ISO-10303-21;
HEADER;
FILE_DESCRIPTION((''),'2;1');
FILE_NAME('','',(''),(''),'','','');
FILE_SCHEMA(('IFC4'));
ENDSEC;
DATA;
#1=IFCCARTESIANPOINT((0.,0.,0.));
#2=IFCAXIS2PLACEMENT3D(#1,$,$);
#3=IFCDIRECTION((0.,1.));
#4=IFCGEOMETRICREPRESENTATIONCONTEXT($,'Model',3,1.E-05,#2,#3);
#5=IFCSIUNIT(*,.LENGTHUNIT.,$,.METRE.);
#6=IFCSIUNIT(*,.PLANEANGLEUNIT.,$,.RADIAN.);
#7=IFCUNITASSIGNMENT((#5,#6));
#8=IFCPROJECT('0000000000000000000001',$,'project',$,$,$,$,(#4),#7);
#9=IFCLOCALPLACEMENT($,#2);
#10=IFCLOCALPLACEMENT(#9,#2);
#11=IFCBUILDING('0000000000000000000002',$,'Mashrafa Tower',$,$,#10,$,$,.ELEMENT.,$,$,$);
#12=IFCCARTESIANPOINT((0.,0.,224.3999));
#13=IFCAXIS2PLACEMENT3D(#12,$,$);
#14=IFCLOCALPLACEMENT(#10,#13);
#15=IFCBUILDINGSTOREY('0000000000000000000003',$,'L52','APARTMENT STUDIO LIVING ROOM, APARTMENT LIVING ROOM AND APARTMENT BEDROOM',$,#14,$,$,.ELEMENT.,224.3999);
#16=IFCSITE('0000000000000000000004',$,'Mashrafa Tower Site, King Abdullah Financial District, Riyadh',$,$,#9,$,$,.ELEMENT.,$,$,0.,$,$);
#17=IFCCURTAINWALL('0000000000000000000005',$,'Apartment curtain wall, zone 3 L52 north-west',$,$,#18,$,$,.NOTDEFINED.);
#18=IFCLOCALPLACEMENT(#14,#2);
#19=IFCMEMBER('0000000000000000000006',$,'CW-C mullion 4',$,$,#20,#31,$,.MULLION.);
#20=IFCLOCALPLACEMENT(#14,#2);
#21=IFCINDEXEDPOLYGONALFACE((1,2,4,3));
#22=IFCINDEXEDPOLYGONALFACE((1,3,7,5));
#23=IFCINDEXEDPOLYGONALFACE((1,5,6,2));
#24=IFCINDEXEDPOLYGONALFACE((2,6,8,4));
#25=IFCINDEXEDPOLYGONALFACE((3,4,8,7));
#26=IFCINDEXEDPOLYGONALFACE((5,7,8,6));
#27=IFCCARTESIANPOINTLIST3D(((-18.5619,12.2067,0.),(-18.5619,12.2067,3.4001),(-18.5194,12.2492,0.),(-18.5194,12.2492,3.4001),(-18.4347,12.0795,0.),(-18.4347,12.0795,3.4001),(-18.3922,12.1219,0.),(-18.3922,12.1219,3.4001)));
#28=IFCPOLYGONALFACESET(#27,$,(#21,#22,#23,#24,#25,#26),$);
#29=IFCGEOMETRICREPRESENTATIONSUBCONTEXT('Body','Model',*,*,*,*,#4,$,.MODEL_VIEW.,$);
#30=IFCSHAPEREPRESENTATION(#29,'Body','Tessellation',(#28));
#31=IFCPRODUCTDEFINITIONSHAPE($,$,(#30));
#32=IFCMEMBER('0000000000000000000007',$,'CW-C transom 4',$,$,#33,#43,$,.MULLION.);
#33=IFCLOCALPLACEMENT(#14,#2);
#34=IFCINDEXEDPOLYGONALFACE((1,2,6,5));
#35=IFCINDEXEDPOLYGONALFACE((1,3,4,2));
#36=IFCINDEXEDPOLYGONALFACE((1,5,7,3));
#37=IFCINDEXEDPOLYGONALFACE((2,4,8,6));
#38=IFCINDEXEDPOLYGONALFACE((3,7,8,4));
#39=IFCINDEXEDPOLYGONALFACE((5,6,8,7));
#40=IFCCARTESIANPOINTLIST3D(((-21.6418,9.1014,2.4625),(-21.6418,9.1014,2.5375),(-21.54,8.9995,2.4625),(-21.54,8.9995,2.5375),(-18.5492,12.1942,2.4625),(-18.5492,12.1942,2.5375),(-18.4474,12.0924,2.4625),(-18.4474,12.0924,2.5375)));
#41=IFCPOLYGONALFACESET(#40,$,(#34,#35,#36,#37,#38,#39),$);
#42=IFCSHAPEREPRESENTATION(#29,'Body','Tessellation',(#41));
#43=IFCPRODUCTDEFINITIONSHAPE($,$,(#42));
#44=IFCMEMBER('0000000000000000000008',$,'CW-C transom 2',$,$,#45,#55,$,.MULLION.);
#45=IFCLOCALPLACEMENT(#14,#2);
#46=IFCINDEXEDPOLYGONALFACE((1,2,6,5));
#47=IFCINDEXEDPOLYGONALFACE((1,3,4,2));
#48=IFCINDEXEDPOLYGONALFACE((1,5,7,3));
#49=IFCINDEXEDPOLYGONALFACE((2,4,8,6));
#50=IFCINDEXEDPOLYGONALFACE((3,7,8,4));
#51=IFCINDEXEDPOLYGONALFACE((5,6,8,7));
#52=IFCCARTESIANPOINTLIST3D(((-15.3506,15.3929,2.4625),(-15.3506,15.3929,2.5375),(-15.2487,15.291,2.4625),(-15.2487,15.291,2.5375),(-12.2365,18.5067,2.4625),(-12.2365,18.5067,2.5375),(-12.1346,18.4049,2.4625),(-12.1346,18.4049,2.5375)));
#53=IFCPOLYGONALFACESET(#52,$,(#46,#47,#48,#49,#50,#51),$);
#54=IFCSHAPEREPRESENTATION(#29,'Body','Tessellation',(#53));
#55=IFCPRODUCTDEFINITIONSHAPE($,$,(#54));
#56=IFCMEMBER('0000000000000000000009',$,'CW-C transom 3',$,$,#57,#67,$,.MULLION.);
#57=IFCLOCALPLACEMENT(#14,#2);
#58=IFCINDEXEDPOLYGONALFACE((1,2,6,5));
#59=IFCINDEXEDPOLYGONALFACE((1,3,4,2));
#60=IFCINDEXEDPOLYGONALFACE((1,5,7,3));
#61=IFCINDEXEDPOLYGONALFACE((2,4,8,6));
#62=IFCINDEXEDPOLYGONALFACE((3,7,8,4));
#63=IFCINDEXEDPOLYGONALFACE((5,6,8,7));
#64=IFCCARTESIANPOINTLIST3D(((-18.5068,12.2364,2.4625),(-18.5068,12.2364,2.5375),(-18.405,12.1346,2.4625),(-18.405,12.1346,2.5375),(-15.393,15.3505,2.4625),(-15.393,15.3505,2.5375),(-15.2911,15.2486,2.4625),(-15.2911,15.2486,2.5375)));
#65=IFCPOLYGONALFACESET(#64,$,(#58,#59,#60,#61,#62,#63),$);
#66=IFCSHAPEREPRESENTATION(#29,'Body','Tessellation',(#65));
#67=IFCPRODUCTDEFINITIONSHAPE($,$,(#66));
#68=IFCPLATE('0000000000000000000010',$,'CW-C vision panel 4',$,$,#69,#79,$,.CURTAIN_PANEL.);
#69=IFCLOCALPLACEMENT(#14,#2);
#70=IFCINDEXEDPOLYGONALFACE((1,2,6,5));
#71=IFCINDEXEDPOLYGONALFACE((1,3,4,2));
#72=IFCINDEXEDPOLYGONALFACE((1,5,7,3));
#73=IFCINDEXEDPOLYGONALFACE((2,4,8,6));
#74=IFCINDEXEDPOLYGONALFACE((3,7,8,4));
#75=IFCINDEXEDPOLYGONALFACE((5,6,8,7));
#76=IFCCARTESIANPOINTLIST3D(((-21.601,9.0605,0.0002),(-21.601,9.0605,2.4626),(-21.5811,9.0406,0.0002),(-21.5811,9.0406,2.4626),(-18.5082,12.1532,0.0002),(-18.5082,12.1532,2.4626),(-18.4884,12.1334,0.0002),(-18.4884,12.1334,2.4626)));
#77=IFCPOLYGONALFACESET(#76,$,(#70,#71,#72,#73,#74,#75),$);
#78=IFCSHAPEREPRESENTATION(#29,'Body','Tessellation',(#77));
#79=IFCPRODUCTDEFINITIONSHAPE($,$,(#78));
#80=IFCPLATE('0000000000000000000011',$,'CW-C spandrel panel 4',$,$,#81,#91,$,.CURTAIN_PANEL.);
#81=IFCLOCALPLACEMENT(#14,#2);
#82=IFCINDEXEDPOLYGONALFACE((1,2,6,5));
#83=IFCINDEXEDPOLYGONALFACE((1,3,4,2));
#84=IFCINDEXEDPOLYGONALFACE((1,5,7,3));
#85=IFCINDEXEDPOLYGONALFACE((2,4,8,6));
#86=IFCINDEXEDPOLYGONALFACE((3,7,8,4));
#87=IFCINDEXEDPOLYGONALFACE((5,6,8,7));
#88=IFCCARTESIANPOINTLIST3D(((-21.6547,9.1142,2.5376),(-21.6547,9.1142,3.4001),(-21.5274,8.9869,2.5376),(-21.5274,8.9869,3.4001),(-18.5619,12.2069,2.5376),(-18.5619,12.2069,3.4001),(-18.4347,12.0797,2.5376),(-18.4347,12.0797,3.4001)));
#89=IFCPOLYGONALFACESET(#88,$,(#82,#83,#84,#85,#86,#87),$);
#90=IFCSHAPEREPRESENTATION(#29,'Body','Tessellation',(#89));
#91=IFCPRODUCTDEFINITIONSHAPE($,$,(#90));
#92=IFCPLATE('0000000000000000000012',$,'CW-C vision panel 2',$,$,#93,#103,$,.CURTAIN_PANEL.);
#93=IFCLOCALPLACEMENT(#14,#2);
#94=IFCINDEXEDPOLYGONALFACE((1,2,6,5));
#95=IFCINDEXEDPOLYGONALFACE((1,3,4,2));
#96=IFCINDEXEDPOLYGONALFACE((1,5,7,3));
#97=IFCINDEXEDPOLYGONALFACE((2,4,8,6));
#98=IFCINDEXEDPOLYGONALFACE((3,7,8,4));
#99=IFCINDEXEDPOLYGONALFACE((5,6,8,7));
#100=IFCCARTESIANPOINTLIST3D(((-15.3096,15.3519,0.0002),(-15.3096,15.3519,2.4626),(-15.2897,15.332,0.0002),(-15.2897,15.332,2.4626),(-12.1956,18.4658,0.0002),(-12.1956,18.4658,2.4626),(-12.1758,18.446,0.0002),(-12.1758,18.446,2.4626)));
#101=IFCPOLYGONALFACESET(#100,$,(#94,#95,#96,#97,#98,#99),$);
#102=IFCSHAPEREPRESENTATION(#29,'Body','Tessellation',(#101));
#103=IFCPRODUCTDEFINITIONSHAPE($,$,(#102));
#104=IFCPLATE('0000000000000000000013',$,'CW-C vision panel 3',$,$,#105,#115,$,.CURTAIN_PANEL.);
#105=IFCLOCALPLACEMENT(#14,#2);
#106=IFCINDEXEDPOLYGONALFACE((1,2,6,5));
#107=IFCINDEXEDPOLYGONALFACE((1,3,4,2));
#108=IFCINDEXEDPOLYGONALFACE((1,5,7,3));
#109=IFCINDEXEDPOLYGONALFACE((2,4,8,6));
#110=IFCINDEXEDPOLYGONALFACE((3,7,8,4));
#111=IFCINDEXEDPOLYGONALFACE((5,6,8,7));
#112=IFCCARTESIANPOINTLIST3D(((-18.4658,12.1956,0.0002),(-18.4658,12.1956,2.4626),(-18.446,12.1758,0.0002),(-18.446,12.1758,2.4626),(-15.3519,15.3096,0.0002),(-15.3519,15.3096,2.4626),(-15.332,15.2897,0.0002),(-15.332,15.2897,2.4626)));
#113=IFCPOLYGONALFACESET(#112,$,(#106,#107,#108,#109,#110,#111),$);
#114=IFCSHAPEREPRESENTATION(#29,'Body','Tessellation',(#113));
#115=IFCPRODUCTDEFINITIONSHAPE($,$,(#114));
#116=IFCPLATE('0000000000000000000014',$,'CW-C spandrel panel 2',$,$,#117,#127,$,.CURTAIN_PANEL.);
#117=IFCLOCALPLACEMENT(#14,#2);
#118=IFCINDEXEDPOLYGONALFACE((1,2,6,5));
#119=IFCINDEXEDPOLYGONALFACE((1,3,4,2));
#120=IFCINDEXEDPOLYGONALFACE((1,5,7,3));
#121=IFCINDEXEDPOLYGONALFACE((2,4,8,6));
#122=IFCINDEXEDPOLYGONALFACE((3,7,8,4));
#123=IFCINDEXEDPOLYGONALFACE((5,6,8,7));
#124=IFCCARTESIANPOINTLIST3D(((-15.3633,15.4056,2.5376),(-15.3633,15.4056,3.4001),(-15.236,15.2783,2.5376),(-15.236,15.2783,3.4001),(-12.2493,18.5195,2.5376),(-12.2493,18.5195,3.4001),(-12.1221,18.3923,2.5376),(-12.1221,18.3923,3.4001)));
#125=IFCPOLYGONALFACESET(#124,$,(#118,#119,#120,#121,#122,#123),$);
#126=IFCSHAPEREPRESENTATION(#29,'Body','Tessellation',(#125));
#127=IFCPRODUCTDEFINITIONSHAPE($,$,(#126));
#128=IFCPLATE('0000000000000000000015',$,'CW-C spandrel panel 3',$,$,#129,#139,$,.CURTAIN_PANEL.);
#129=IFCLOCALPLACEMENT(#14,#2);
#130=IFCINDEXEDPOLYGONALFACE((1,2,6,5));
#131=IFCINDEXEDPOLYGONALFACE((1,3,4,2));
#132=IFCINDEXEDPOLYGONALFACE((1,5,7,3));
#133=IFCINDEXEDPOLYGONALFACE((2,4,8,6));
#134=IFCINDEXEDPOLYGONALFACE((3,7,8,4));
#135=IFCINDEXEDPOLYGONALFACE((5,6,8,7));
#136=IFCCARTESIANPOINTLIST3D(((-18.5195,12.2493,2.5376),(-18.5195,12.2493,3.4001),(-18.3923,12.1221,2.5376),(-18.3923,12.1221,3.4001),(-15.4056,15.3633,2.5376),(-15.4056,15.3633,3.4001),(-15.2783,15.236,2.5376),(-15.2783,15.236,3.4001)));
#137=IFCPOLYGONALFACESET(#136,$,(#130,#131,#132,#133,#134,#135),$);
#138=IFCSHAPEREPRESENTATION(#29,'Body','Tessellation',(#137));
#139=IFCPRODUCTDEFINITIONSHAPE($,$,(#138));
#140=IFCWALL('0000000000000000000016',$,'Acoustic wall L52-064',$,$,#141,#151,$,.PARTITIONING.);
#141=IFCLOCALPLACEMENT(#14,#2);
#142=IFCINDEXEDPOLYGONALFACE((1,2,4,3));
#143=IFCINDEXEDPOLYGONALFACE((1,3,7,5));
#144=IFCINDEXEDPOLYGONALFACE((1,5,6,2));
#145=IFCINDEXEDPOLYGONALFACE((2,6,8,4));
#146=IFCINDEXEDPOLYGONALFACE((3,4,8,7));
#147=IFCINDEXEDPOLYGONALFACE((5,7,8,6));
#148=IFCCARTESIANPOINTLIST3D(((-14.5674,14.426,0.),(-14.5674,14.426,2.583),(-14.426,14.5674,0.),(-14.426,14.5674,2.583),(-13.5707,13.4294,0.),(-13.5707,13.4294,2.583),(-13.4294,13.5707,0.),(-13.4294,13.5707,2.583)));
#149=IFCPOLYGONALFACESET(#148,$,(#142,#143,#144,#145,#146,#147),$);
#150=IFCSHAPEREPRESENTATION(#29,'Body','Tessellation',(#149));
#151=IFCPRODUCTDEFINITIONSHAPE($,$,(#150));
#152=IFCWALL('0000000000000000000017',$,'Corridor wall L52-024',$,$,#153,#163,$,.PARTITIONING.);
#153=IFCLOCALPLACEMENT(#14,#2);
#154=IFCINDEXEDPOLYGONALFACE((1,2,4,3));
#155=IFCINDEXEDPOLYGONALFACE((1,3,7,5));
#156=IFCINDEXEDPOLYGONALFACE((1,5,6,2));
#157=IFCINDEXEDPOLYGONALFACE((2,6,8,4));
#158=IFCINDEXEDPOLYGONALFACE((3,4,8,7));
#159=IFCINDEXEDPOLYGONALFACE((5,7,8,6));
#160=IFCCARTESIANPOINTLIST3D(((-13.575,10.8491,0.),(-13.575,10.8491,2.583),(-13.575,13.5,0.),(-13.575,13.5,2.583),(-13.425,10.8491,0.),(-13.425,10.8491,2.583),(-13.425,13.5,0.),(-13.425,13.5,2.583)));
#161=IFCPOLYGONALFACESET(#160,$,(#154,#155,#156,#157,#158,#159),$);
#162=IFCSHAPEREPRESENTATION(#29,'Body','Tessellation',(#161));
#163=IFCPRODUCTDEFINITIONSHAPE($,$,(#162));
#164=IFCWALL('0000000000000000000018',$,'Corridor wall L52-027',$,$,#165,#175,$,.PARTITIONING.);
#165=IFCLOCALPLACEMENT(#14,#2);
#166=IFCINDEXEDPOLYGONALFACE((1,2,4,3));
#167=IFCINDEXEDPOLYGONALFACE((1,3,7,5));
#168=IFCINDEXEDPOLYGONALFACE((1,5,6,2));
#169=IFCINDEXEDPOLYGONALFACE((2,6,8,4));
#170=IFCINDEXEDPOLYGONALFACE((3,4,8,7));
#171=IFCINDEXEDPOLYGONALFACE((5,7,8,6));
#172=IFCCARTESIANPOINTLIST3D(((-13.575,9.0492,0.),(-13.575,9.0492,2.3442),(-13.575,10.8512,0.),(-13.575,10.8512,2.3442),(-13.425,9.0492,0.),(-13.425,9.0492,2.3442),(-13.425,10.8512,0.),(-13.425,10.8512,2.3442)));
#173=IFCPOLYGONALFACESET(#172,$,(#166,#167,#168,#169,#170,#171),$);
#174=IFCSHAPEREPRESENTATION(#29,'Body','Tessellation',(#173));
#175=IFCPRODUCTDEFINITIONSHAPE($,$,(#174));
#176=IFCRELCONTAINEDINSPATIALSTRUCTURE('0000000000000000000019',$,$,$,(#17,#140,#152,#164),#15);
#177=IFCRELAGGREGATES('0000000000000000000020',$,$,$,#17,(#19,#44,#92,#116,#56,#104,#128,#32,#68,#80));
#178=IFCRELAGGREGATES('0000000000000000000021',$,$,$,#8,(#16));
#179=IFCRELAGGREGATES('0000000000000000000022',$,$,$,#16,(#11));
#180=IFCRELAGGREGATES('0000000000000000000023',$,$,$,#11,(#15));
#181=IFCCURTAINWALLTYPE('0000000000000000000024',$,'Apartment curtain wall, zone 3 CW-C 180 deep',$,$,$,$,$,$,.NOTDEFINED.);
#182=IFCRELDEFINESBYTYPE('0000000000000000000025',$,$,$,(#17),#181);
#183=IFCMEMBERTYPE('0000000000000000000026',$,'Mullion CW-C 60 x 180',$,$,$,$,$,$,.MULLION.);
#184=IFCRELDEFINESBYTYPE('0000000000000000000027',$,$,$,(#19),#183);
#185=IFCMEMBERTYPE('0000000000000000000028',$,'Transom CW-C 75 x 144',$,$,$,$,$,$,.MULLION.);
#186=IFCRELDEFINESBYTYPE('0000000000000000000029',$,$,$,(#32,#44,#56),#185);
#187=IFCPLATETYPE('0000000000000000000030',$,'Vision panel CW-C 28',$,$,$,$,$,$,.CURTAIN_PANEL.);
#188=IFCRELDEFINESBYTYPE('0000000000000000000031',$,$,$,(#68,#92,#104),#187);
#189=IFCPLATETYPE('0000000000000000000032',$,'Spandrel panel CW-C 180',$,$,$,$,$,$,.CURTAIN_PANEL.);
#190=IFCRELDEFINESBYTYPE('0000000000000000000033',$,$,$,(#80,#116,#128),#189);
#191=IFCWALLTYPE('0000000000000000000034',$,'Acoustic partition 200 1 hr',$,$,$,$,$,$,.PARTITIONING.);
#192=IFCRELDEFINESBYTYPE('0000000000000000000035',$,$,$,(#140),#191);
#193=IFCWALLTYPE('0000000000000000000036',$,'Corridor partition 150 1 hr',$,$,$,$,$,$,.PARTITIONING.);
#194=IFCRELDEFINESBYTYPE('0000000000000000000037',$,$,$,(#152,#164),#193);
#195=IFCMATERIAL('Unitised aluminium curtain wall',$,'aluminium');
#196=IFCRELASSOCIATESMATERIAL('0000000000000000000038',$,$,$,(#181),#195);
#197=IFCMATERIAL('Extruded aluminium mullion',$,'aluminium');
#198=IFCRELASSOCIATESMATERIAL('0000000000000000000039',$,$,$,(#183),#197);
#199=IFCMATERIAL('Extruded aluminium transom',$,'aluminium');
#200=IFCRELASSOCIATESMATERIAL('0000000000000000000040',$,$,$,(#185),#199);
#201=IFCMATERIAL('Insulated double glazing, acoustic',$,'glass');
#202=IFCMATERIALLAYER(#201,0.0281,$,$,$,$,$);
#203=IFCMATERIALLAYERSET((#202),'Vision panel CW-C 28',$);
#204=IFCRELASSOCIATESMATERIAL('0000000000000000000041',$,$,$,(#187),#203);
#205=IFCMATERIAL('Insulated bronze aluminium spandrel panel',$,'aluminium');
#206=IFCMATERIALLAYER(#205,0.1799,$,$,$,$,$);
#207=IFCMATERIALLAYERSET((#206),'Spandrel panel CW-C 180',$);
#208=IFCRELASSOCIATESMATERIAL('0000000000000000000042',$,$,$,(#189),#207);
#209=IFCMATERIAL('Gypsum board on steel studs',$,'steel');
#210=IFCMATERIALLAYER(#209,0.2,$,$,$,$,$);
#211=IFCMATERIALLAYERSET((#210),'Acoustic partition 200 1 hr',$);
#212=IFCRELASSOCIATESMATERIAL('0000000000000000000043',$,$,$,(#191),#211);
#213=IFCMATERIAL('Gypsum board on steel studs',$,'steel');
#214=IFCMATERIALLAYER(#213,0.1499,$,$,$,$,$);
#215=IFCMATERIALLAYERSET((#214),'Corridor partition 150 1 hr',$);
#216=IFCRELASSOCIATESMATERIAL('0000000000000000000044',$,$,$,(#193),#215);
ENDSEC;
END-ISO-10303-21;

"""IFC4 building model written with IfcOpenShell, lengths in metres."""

from ifc_helpers import new_model, si_unit, direction, frame, frame_2d, origin, origin_2d, place, context, subcontext, project, spatial, rectangle, extrude, source, transform, mapped, material, layer, layer_set, material_profile, profile_set, type_object, type_shapes, element, aggregate, save


model = new_model("IFC4")

# Units and contexts
model_context = context("Model", 3, precision=1e-05, world=origin(), true_north=direction((0.0, 1.0)))
body_context = subcontext(model_context, "Body", "Model", "MODEL_VIEW")
ifc_project = project(units=[si_unit("LENGTHUNIT", "METRE"), si_unit("PLANEANGLEUNIT", "RADIAN")], contexts=[model_context])

# Site, building, storey
site_placement = place(None, origin())
site = spatial("IfcSite", under=ifc_project, at=site_placement, Name="Mashrafa Tower Site, King Abdullah Financial District, Riyadh", CompositionType="ELEMENT", RefElevation=0.0)
building_placement = place(site_placement, origin())
building = spatial("IfcBuilding", under=site, at=building_placement, Name="Mashrafa Tower", CompositionType="ELEMENT")
storey_placement = place(building_placement, frame((0.0, 0.0, 224.3999)))
storey = spatial("IfcBuildingStorey", under=building, at=storey_placement, Name="L52", Description="APARTMENT STUDIO LIVING ROOM, APARTMENT LIVING ROOM AND APARTMENT BEDROOM", CompositionType="ELEMENT", Elevation=224.3999)

# Curtain wall, members, plates
ifc_material_1 = material(Name="Unitised aluminium curtain wall", Category="aluminium")
curtain_wall_type = type_object("IfcCurtainWallType", Name="Apartment curtain wall, zone 3 CW-C 180 deep", PredefinedType="NOTDEFINED", material=ifc_material_1)
curtain_wall_placement = place(storey_placement, origin())
curtain_wall = element("IfcCurtainWall", 1, at=curtain_wall_placement, inside=storey, type_object=curtain_wall_type, Name="Apartment curtain wall, zone 3 L52 north-west", PredefinedType="NOTDEFINED")
ifc_material_2 = material(Name="Extruded aluminium mullion", Category="aluminium")
ifc_material_profile_1 = material_profile(ifc_material_2, rectangle(XDim=0.1799, YDim=0.0601, at=origin_2d()), Name="Mullion 60x180")
ifc_profile_set_1 = profile_set([ifc_material_profile_1], Name="Extruded aluminium mullion")
member_type_1 = type_object("IfcMemberType", Name="Mullion CW-C 60 x 180", PredefinedType="MULLION", material=ifc_profile_set_1)
shared_shape_1 = source(origin(), body_context, "Body", "SweptSolid", [
    extrude(rectangle(XDim=0.1799, YDim=0.0601, at=origin_2d()), origin(), (0.0, 0.0, 1.0), 3.4001),
])
type_shapes(member_type_1, [shared_shape_1])
member_1_placement = place(storey_placement, frame((-18.4771, 12.1643, 0.0), z_axis=(0.0, 0.0, 1.0), x_axis=(0.707107, -0.707107, 0.0)))
member_1 = element("IfcMember", 2, at=member_1_placement, type_object=member_type_1, Name="CW-C mullion 4", PredefinedType="MULLION", context=body_context, shape_type="MappedRepresentation", body=[
    mapped(shared_shape_1, transform((0.0, 0.0, 0.0))),
])
ifc_material_3 = material(Name="Extruded aluminium transom", Category="aluminium")
ifc_material_profile_2 = material_profile(ifc_material_3, rectangle(XDim=0.144, YDim=0.075, at=origin_2d()), Name="Transom 75x144")
ifc_profile_set_2 = profile_set([ifc_material_profile_2], Name="Extruded aluminium transom")
member_type_2 = type_object("IfcMemberType", Name="Transom CW-C 75 x 144", PredefinedType="MULLION", material=ifc_profile_set_2)
shared_shape_2 = source(origin(), body_context, "Body", "SweptSolid", [
    extrude(rectangle(XDim=0.144, YDim=0.075, at=origin_2d()), origin(), (0.0, 0.0, 1.0), 4.3738),
])
member_2_placement = place(storey_placement, frame((-18.4983, 12.1433, 2.5), z_axis=(-0.707079, -0.707135, 0.0), x_axis=(0.707135, -0.707079, 0.0)))
member_2 = element("IfcMember", 3, at=member_2_placement, type_object=member_type_2, Name="CW-C transom 4", PredefinedType="MULLION", context=body_context, shape_type="MappedRepresentation", body=[
    mapped(shared_shape_2, transform((0.0, 0.0, 0.0))),
])
shared_shape_3 = source(origin(), body_context, "Body", "SweptSolid", [
    extrude(rectangle(XDim=0.144, YDim=0.075, at=origin_2d()), origin(), (0.0, 0.0, 1.0), 4.4038),
])
type_shapes(member_type_2, [shared_shape_2, shared_shape_3])
member_3_placement = place(storey_placement, frame((-12.1855, 18.4558, 2.5), z_axis=(-0.707135, -0.707079, 0.0), x_axis=(0.707079, -0.707135, 0.0)))
member_3 = element("IfcMember", 4, at=member_3_placement, type_object=member_type_2, Name="CW-C transom 2", PredefinedType="MULLION", context=body_context, shape_type="MappedRepresentation", body=[
    mapped(shared_shape_3, transform((0.0, 0.0, 0.0))),
])
member_4_placement = place(storey_placement, frame((-15.342, 15.2996, 2.5), z_axis=(-0.707079, -0.707135, 0.0), x_axis=(0.707135, -0.707079, 0.0)))
member_4 = element("IfcMember", 5, at=member_4_placement, type_object=member_type_2, Name="CW-C transom 3", PredefinedType="MULLION", context=body_context, shape_type="MappedRepresentation", body=[
    mapped(shared_shape_3, transform((0.0, 0.0, 0.0))),
])
ifc_material_4 = material(Name="Insulated double glazing, acoustic", Category="glass")
ifc_layer_1 = layer(ifc_material_4, 0.0281)
ifc_layer_set_1 = layer_set([ifc_layer_1], Name="Vision panel CW-C 28")
plate_type_1 = type_object("IfcPlateType", Name="Vision panel CW-C 28", PredefinedType="CURTAIN_PANEL", material=ifc_layer_set_1)
shared_shape_4 = source(origin(), body_context, "Body", "SweptSolid", [
    extrude(rectangle(XDim=4.3738, YDim=0.0281, at=origin_2d()), origin(), (0.0, 0.0, 1.0), 2.4624),
])
plate_1_placement = place(storey_placement, frame((-20.0447, 10.5969, 0.0002), z_axis=(0.0, 0.0, 1.0), x_axis=(-0.707107, -0.707107, 0.0)))
plate_1 = element("IfcPlate", 6, at=plate_1_placement, type_object=plate_type_1, Name="CW-C vision panel 4", PredefinedType="CURTAIN_PANEL", context=body_context, shape_type="MappedRepresentation", body=[
    mapped(shared_shape_4, transform((0.0, 0.0, 0.0))),
])
ifc_material_5 = material(Name="Insulated bronze aluminium spandrel panel", Category="aluminium")
ifc_layer_2 = layer(ifc_material_5, 0.1799)
ifc_layer_set_2 = layer_set([ifc_layer_2], Name="Spandrel panel CW-C 180")
plate_type_2 = type_object("IfcPlateType", Name="Spandrel panel CW-C 180", PredefinedType="CURTAIN_PANEL", material=ifc_layer_set_2)
shared_shape_5 = source(origin(), body_context, "Body", "SweptSolid", [
    extrude(rectangle(XDim=4.3738, YDim=0.1799, at=origin_2d()), origin(), (0.0, 0.0, 1.0), 0.8625),
])
plate_2_placement = place(storey_placement, frame((-20.0447, 10.5969, 2.5376), z_axis=(0.0, 0.0, 1.0), x_axis=(-0.707107, -0.707107, 0.0)))
plate_2 = element("IfcPlate", 7, at=plate_2_placement, type_object=plate_type_2, Name="CW-C spandrel panel 4", PredefinedType="CURTAIN_PANEL", context=body_context, shape_type="MappedRepresentation", body=[
    mapped(shared_shape_5, transform((0.0, 0.0, 0.0))),
])
shared_shape_6 = source(origin(), body_context, "Body", "SweptSolid", [
    extrude(rectangle(XDim=4.4038, YDim=0.0281, at=origin_2d()), origin(), (0.0, 0.0, 1.0), 2.4624),
])
type_shapes(plate_type_1, [shared_shape_4, shared_shape_6])
plate_3_placement = place(storey_placement, frame((-13.7427, 16.8989, 0.0002), z_axis=(0.0, 0.0, 1.0), x_axis=(-0.707107, -0.707107, 0.0)))
plate_3 = element("IfcPlate", 8, at=plate_3_placement, type_object=plate_type_1, Name="CW-C vision panel 2", PredefinedType="CURTAIN_PANEL", context=body_context, shape_type="MappedRepresentation", body=[
    mapped(shared_shape_6, transform((0.0, 0.0, 0.0))),
])
plate_4_placement = place(storey_placement, frame((-16.8989, 13.7427, 0.0002), z_axis=(0.0, 0.0, 1.0), x_axis=(-0.707107, -0.707107, 0.0)))
plate_4 = element("IfcPlate", 9, at=plate_4_placement, type_object=plate_type_1, Name="CW-C vision panel 3", PredefinedType="CURTAIN_PANEL", context=body_context, shape_type="MappedRepresentation", body=[
    mapped(shared_shape_6, transform((0.0, 0.0, 0.0))),
])
shared_shape_7 = source(origin(), body_context, "Body", "SweptSolid", [
    extrude(rectangle(XDim=4.4038, YDim=0.1799, at=origin_2d()), origin(), (0.0, 0.0, 1.0), 0.8625),
])
type_shapes(plate_type_2, [shared_shape_5, shared_shape_7])
plate_5_placement = place(storey_placement, frame((-13.7427, 16.8989, 2.5376), z_axis=(0.0, 0.0, 1.0), x_axis=(-0.707107, -0.707107, 0.0)))
plate_5 = element("IfcPlate", 10, at=plate_5_placement, type_object=plate_type_2, Name="CW-C spandrel panel 2", PredefinedType="CURTAIN_PANEL", context=body_context, shape_type="MappedRepresentation", body=[
    mapped(shared_shape_7, transform((0.0, 0.0, 0.0))),
])
plate_6_placement = place(storey_placement, frame((-16.8989, 13.7427, 2.5376), z_axis=(0.0, 0.0, 1.0), x_axis=(-0.707107, -0.707107, 0.0)))
plate_6 = element("IfcPlate", 11, at=plate_6_placement, type_object=plate_type_2, Name="CW-C spandrel panel 3", PredefinedType="CURTAIN_PANEL", context=body_context, shape_type="MappedRepresentation", body=[
    mapped(shared_shape_7, transform((0.0, 0.0, 0.0))),
])
aggregate(curtain_wall, [member_1, member_3, plate_3, plate_5, member_4, plate_4, plate_6, member_2, plate_1, plate_2])

# Walls
ifc_material_6 = material(Name="Gypsum board on steel studs", Category="steel")
ifc_layer_3 = layer(ifc_material_6, 0.2)
ifc_layer_set_3 = layer_set([ifc_layer_3], Name="Acoustic partition 200 1 hr")
wall_type_1 = type_object("IfcWallType", Name="Acoustic partition 200 1 hr", PredefinedType="PARTITIONING", material=ifc_layer_set_3)
wall_1_placement = place(storey_placement, frame((-14.4966, 14.4966, 0.0), z_axis=(0.0, 0.0, 1.0), x_axis=(0.707107, -0.707107, 0.0)))
element("IfcWall", 12, at=wall_1_placement, inside=storey, type_object=wall_type_1, Name="Acoustic wall L52-064", PredefinedType="PARTITIONING", context=body_context, shape_type="SweptSolid", body=[
    extrude(rectangle(XDim=1.4094, YDim=0.2, at=frame_2d((0.7046, 0.0))), origin(), (0.0, 0.0, 1.0), 2.583),
])
ifc_material_7 = material(Name="Gypsum board on steel studs", Category="steel")
ifc_layer_4 = layer(ifc_material_7, 0.1499)
ifc_layer_set_4 = layer_set([ifc_layer_4], Name="Corridor partition 150 1 hr")
wall_type_2 = type_object("IfcWallType", Name="Corridor partition 150 1 hr", PredefinedType="PARTITIONING", material=ifc_layer_set_4)
wall_2_placement = place(storey_placement, frame((-13.5, 13.5, 0.0), z_axis=(0.0, 0.0, 1.0), x_axis=(0.0, -1.0, 0.0)))
element("IfcWall", 13, at=wall_2_placement, inside=storey, type_object=wall_type_2, Name="Corridor wall L52-024", PredefinedType="PARTITIONING", context=body_context, shape_type="SweptSolid", body=[
    extrude(rectangle(XDim=2.6509, YDim=0.1499, at=frame_2d((1.3254, 0.0))), origin(), (0.0, 0.0, 1.0), 2.583),
])
wall_3_placement = place(storey_placement, frame((-13.5, 10.8511, 0.0), z_axis=(0.0, 0.0, 1.0), x_axis=(0.0, -1.0, 0.0)))
element("IfcWall", 14, at=wall_3_placement, inside=storey, type_object=wall_type_2, Name="Corridor wall L52-027", PredefinedType="PARTITIONING", context=body_context, shape_type="SweptSolid", body=[
    extrude(rectangle(XDim=1.802, YDim=0.1499, at=frame_2d((0.9009, 0.0))), origin(), (0.0, 0.0, 1.0), 2.3442),
])

save(model, "model.ifc")
